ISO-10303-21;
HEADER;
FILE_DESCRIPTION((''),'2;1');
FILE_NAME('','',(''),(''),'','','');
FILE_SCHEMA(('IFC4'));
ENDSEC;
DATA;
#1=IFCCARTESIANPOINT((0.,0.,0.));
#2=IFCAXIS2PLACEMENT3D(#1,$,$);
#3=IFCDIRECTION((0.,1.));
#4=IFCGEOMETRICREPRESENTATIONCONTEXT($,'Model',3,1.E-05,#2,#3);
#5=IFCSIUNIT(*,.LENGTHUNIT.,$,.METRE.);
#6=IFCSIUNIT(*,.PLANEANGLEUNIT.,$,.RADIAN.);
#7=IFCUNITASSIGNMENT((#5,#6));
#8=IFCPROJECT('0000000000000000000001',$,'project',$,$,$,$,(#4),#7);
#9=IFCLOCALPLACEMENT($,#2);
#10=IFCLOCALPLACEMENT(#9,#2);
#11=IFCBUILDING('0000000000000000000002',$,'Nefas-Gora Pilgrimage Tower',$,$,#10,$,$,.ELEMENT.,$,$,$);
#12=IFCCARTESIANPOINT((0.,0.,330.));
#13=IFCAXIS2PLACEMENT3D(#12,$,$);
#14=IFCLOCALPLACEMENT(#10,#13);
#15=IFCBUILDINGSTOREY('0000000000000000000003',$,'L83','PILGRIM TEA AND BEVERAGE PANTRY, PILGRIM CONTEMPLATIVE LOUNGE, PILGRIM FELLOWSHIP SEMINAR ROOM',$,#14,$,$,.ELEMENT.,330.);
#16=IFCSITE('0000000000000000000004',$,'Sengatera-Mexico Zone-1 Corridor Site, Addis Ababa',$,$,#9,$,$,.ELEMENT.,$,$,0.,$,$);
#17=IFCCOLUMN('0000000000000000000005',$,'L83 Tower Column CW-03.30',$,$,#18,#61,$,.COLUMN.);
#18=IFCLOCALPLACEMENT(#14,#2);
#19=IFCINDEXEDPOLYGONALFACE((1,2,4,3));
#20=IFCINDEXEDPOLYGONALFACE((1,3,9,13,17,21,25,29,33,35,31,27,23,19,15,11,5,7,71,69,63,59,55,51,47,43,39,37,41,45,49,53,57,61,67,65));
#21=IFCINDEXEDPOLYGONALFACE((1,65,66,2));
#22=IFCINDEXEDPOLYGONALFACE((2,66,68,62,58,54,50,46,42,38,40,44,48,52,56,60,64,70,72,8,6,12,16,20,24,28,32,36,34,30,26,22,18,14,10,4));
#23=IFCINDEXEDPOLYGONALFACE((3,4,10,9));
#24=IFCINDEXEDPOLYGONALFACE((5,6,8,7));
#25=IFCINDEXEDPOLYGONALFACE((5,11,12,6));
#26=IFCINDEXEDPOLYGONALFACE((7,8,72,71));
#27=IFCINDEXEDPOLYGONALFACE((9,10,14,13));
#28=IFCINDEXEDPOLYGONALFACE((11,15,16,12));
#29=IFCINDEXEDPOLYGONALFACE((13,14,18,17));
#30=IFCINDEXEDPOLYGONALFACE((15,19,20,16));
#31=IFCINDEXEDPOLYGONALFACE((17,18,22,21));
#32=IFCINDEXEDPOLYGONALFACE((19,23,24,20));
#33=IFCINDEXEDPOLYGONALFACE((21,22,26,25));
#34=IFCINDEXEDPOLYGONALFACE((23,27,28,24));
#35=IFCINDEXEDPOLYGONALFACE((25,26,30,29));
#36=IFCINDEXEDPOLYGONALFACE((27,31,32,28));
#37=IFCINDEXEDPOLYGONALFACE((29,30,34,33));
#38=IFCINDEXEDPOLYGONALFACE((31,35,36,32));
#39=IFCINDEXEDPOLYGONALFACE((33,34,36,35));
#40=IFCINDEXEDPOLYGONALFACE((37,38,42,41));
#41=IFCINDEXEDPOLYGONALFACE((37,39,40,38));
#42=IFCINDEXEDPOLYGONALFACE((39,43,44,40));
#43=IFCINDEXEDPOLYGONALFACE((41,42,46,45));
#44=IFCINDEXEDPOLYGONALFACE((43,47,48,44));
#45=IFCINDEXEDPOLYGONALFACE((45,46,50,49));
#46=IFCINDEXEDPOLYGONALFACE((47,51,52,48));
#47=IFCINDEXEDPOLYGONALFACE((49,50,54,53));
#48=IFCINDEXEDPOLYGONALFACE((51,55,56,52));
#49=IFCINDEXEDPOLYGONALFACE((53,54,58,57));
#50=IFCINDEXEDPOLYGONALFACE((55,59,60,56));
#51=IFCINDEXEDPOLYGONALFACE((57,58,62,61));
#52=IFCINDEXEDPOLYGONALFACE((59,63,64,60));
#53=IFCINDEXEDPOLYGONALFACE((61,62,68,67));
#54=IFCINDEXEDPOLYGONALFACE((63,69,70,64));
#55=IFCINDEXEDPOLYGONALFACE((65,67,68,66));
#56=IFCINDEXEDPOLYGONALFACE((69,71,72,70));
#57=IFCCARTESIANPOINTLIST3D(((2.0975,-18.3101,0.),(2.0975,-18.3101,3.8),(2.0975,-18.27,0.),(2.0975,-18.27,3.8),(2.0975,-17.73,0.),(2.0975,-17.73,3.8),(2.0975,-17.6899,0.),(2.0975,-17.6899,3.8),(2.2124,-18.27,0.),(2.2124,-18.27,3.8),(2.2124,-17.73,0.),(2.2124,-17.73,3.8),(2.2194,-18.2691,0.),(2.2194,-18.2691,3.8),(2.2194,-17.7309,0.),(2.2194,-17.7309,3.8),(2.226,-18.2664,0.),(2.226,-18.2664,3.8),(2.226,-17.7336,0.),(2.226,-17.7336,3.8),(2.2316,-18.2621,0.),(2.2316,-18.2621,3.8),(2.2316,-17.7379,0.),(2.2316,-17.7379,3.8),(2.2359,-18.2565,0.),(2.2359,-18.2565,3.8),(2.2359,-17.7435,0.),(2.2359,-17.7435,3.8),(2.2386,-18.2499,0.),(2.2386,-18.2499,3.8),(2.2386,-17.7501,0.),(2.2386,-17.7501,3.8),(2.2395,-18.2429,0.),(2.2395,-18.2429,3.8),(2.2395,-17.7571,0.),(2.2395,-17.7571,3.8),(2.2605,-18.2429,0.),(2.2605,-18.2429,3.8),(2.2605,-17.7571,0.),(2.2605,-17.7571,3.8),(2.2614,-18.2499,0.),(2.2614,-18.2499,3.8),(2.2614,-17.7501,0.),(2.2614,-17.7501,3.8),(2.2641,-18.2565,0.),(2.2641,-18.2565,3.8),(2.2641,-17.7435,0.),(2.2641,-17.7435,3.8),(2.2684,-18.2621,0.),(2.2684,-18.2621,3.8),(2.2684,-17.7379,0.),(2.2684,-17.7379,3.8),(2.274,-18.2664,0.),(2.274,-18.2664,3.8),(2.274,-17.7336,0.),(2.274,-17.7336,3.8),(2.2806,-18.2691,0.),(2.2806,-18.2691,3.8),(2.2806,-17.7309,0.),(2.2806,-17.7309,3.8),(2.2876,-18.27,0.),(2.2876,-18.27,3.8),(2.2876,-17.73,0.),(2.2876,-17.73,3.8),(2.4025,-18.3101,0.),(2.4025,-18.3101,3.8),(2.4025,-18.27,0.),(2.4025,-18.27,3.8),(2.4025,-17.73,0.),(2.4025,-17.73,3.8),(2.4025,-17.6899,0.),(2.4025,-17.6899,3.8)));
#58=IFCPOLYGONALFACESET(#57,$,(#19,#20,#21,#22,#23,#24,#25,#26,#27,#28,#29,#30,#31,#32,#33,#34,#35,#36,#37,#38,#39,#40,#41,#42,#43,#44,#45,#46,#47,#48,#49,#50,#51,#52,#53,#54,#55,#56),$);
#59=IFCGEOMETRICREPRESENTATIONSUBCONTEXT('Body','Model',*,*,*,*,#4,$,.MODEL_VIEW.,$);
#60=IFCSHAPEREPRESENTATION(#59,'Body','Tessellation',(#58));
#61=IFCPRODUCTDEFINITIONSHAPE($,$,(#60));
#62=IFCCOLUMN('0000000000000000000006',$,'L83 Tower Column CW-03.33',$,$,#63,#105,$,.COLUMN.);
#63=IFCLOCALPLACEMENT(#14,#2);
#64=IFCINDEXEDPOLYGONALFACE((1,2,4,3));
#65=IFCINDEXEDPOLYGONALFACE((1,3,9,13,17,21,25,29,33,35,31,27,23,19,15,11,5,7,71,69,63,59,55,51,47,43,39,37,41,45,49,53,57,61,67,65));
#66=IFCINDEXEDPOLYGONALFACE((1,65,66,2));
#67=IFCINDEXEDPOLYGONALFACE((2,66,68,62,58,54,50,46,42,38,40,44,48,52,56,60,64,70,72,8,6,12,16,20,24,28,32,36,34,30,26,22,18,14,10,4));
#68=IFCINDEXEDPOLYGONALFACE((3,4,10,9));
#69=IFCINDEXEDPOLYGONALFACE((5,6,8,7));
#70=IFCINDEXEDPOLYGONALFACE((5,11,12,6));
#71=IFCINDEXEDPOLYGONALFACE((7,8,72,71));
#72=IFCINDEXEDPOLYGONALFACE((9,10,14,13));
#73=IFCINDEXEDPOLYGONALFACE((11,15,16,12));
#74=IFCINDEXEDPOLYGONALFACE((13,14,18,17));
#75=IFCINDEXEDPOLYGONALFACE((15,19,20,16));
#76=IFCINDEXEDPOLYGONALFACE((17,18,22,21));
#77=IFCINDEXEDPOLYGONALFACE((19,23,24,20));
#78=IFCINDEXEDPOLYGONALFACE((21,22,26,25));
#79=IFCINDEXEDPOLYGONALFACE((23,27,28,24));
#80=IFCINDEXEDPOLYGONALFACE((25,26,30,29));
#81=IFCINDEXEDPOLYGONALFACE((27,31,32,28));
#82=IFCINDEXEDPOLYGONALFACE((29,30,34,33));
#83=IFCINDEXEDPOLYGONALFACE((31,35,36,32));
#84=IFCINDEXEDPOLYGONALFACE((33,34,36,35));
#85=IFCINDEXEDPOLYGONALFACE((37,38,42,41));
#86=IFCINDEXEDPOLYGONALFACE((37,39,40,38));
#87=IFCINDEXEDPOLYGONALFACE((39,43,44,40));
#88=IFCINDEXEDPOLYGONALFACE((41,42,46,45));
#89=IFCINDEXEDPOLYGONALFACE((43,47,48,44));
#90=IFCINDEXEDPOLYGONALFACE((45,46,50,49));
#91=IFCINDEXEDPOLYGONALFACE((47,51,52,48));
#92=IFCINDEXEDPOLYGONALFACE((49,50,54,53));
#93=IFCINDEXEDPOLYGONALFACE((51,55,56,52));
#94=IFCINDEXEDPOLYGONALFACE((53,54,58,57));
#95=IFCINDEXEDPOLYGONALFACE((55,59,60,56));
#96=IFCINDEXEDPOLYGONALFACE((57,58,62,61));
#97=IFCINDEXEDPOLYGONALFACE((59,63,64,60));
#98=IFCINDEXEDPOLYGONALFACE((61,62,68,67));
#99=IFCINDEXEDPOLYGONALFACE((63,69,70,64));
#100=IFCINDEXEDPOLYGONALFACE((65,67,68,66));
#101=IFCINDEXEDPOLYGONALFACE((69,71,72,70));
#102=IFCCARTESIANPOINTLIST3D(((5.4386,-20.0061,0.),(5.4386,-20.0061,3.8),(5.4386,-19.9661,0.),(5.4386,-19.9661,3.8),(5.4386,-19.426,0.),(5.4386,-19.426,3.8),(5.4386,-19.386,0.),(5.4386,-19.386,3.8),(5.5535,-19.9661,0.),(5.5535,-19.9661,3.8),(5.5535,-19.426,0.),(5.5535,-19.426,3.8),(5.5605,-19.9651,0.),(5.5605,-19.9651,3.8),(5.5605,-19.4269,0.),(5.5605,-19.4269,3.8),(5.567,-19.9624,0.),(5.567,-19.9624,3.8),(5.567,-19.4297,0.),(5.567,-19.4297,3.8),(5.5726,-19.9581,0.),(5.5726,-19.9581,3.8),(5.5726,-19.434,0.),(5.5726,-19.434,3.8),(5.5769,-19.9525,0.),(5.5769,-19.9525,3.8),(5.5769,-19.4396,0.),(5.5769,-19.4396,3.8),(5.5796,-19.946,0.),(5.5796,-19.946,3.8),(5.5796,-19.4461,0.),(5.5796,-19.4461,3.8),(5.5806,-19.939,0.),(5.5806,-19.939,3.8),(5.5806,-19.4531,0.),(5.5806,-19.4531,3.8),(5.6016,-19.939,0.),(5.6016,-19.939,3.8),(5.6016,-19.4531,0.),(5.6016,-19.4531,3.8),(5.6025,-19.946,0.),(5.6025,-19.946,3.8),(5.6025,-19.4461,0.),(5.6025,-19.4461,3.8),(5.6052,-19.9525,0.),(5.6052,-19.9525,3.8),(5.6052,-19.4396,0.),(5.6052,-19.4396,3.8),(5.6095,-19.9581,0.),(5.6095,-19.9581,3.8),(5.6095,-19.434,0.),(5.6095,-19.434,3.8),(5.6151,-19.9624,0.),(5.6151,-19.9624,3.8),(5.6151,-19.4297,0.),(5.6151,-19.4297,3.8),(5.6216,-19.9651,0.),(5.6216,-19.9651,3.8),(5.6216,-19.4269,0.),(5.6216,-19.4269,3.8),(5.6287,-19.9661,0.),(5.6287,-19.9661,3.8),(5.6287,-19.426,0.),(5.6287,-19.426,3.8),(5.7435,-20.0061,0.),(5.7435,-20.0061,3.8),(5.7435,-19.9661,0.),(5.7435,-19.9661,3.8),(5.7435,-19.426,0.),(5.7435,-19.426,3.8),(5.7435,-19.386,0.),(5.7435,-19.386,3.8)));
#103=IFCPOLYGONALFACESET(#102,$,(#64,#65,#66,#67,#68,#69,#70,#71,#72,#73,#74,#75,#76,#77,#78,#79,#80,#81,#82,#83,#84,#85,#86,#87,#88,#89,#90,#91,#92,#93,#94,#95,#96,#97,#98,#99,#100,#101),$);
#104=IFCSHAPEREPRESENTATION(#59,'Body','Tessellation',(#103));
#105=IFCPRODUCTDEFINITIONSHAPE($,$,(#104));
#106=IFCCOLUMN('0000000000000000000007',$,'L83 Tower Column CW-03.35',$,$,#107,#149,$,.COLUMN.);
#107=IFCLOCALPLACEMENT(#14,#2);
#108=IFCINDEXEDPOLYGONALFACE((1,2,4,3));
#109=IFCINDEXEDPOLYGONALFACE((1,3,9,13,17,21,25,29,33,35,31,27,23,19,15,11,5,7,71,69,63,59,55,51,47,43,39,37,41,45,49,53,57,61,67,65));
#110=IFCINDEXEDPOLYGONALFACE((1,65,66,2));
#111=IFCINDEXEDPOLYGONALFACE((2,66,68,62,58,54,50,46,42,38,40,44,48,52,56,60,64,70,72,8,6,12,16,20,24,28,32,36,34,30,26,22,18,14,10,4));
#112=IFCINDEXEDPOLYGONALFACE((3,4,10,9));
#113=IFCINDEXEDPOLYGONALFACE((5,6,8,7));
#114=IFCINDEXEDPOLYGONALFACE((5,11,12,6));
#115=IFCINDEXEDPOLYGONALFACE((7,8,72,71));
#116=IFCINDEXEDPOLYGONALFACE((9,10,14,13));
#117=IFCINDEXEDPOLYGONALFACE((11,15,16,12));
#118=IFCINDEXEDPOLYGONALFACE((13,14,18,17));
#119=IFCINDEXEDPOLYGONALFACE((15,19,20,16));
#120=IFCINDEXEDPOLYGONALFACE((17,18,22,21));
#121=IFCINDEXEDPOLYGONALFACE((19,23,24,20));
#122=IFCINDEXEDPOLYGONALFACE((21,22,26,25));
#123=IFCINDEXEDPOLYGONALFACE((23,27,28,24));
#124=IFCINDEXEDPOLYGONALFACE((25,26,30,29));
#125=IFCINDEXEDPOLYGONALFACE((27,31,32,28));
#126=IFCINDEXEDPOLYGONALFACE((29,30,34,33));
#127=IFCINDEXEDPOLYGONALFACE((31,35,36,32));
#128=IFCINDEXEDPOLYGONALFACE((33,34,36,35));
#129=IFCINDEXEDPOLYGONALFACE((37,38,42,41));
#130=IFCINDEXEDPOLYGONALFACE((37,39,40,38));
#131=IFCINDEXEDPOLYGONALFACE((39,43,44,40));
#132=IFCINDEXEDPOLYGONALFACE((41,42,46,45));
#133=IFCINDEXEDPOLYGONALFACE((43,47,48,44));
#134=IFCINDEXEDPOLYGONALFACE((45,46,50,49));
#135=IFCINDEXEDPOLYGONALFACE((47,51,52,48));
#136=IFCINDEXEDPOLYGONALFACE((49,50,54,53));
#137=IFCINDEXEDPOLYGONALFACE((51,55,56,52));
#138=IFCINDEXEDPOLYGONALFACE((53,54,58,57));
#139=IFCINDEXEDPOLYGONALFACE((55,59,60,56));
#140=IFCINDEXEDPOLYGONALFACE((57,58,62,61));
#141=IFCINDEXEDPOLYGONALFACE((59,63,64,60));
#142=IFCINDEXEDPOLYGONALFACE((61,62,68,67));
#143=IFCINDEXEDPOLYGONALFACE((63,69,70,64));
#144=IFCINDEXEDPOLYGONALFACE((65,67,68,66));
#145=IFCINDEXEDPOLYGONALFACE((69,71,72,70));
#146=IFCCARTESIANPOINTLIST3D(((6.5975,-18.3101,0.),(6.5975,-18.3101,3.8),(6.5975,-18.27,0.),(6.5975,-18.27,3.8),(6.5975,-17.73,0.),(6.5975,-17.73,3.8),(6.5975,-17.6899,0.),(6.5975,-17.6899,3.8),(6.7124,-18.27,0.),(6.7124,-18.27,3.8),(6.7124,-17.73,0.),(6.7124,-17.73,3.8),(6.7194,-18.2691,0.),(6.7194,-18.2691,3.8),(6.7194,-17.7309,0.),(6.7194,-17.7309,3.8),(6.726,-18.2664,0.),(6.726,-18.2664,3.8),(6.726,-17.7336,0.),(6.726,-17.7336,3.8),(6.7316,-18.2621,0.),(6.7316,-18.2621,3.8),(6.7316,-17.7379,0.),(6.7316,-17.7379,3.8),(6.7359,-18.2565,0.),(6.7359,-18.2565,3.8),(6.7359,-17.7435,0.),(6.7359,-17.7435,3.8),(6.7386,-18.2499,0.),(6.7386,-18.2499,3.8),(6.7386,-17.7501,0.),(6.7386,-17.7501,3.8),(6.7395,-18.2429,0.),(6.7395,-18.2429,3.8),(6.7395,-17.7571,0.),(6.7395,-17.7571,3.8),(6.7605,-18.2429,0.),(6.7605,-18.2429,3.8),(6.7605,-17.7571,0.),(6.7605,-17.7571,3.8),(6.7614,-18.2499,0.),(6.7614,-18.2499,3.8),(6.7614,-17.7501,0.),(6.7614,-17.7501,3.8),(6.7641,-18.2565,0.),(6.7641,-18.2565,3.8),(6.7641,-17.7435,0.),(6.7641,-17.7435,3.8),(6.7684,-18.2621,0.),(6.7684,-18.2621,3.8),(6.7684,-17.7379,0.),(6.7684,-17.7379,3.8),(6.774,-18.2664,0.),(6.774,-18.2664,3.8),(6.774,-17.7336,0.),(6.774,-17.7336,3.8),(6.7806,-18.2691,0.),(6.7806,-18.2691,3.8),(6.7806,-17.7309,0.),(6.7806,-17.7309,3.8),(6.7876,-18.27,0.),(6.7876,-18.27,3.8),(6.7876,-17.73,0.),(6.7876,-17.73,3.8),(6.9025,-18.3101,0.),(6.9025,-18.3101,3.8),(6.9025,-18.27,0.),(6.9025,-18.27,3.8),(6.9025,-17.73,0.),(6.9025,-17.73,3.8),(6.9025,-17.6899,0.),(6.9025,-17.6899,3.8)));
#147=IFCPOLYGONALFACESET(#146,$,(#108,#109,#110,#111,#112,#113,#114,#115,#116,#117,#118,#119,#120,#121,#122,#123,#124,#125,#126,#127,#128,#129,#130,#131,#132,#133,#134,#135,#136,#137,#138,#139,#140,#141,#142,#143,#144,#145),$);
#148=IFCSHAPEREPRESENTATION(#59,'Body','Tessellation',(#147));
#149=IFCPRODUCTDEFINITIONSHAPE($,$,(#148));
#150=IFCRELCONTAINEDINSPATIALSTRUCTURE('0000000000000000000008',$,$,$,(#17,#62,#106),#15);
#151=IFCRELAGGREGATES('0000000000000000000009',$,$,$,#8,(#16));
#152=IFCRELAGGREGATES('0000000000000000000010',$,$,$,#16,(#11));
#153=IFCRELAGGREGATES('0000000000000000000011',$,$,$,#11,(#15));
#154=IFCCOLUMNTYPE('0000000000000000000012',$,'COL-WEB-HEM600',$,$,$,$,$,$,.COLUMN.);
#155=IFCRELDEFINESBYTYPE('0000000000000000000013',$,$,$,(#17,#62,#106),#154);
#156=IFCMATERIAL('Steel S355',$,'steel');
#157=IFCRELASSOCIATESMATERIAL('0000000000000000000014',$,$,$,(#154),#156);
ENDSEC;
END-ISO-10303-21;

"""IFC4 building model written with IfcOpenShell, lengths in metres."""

from ifc_helpers import new_model, si_unit, direction, frame, origin, origin_2d, place, context, subcontext, project, spatial, i_section, extrude, source, transform, mapped, material, material_profile, profile_set, type_object, element, save


model = new_model("IFC4")

# Units and contexts
model_context = context("Model", 3, precision=1e-05, world=origin(), true_north=direction((0.0, 1.0)))
body_context = subcontext(model_context, "Body", "Model", "MODEL_VIEW")
ifc_project = project(units=[si_unit("LENGTHUNIT", "METRE"), si_unit("PLANEANGLEUNIT", "RADIAN")], contexts=[model_context])

# Site, building, storey
site_placement = place(None, origin())
site = spatial("IfcSite", under=ifc_project, at=site_placement, Name="Sengatera-Mexico Zone-1 Corridor Site, Addis Ababa", CompositionType="ELEMENT", RefElevation=0.0)
building_placement = place(site_placement, origin())
building = spatial("IfcBuilding", under=site, at=building_placement, Name="Nefas-Gora Pilgrimage Tower", CompositionType="ELEMENT")
storey_placement = place(building_placement, frame((0.0, 0.0, 330.0)))
storey = spatial("IfcBuildingStorey", under=building, at=storey_placement, Name="L83", Description="PILGRIM TEA AND BEVERAGE PANTRY, PILGRIM CONTEMPLATIVE LOUNGE, PILGRIM FELLOWSHIP SEMINAR ROOM", CompositionType="ELEMENT", Elevation=330.0)

# Columns
ifc_material_1 = material(Name="Steel S355", Category="steel")
ifc_material_profile_1 = material_profile(ifc_material_1, i_section(OverallWidth=0.3049, OverallDepth=0.6201, WebThickness=0.021, FlangeThickness=0.04, FilletRadius=0.0271, at=origin_2d()), Name="HEM 600")
ifc_profile_set_1 = profile_set([ifc_material_profile_1], Name="Steel S355")
column_type_1 = type_object("IfcColumnType", Name="COL-WEB-HEM600", PredefinedType="COLUMN", material=ifc_profile_set_1)
shared_shape_1 = source(origin(), body_context, "Body", "SweptSolid", [
    extrude(i_section(OverallWidth=0.3049, OverallDepth=0.6201, WebThickness=0.021, FlangeThickness=0.04, FilletRadius=0.0271, at=origin_2d()), origin(), (0.0, 0.0, 1.0), 3.8),
])
for number, where, z_axis, x_axis, name in (
    (1, (2.25, -18.0, 0.0), (0.0, 0.0, 1.0), (1.0, 0.0, 0.0), "L83 Tower Column CW-03.30"),
    (2, (5.5911, -19.696, 0.0), (0.0, 0.0, 1.0), (1.0, 0.0, 0.0), "L83 Tower Column CW-03.33"),
    (3, (6.75, -18.0, 0.0), (0.0, 0.0, 1.0), (1.0, 0.0, 0.0), "L83 Tower Column CW-03.35"),
):
    element("IfcColumn", number, at=place(storey_placement, frame(where, z_axis=z_axis, x_axis=x_axis)), inside=storey, type_object=column_type_1, Name=name, PredefinedType="COLUMN", context=body_context, shape_type="MappedRepresentation", body=[
        mapped(shared_shape_1, transform((0.0, 0.0, 0.0), x_axis=(1.0, 0.0, 0.0), y_axis=(0.0, 1.0, 0.0), z_axis=(0.0, 0.0, 1.0), scale=1.0)),
    ])

save(model, "model.ifc")
